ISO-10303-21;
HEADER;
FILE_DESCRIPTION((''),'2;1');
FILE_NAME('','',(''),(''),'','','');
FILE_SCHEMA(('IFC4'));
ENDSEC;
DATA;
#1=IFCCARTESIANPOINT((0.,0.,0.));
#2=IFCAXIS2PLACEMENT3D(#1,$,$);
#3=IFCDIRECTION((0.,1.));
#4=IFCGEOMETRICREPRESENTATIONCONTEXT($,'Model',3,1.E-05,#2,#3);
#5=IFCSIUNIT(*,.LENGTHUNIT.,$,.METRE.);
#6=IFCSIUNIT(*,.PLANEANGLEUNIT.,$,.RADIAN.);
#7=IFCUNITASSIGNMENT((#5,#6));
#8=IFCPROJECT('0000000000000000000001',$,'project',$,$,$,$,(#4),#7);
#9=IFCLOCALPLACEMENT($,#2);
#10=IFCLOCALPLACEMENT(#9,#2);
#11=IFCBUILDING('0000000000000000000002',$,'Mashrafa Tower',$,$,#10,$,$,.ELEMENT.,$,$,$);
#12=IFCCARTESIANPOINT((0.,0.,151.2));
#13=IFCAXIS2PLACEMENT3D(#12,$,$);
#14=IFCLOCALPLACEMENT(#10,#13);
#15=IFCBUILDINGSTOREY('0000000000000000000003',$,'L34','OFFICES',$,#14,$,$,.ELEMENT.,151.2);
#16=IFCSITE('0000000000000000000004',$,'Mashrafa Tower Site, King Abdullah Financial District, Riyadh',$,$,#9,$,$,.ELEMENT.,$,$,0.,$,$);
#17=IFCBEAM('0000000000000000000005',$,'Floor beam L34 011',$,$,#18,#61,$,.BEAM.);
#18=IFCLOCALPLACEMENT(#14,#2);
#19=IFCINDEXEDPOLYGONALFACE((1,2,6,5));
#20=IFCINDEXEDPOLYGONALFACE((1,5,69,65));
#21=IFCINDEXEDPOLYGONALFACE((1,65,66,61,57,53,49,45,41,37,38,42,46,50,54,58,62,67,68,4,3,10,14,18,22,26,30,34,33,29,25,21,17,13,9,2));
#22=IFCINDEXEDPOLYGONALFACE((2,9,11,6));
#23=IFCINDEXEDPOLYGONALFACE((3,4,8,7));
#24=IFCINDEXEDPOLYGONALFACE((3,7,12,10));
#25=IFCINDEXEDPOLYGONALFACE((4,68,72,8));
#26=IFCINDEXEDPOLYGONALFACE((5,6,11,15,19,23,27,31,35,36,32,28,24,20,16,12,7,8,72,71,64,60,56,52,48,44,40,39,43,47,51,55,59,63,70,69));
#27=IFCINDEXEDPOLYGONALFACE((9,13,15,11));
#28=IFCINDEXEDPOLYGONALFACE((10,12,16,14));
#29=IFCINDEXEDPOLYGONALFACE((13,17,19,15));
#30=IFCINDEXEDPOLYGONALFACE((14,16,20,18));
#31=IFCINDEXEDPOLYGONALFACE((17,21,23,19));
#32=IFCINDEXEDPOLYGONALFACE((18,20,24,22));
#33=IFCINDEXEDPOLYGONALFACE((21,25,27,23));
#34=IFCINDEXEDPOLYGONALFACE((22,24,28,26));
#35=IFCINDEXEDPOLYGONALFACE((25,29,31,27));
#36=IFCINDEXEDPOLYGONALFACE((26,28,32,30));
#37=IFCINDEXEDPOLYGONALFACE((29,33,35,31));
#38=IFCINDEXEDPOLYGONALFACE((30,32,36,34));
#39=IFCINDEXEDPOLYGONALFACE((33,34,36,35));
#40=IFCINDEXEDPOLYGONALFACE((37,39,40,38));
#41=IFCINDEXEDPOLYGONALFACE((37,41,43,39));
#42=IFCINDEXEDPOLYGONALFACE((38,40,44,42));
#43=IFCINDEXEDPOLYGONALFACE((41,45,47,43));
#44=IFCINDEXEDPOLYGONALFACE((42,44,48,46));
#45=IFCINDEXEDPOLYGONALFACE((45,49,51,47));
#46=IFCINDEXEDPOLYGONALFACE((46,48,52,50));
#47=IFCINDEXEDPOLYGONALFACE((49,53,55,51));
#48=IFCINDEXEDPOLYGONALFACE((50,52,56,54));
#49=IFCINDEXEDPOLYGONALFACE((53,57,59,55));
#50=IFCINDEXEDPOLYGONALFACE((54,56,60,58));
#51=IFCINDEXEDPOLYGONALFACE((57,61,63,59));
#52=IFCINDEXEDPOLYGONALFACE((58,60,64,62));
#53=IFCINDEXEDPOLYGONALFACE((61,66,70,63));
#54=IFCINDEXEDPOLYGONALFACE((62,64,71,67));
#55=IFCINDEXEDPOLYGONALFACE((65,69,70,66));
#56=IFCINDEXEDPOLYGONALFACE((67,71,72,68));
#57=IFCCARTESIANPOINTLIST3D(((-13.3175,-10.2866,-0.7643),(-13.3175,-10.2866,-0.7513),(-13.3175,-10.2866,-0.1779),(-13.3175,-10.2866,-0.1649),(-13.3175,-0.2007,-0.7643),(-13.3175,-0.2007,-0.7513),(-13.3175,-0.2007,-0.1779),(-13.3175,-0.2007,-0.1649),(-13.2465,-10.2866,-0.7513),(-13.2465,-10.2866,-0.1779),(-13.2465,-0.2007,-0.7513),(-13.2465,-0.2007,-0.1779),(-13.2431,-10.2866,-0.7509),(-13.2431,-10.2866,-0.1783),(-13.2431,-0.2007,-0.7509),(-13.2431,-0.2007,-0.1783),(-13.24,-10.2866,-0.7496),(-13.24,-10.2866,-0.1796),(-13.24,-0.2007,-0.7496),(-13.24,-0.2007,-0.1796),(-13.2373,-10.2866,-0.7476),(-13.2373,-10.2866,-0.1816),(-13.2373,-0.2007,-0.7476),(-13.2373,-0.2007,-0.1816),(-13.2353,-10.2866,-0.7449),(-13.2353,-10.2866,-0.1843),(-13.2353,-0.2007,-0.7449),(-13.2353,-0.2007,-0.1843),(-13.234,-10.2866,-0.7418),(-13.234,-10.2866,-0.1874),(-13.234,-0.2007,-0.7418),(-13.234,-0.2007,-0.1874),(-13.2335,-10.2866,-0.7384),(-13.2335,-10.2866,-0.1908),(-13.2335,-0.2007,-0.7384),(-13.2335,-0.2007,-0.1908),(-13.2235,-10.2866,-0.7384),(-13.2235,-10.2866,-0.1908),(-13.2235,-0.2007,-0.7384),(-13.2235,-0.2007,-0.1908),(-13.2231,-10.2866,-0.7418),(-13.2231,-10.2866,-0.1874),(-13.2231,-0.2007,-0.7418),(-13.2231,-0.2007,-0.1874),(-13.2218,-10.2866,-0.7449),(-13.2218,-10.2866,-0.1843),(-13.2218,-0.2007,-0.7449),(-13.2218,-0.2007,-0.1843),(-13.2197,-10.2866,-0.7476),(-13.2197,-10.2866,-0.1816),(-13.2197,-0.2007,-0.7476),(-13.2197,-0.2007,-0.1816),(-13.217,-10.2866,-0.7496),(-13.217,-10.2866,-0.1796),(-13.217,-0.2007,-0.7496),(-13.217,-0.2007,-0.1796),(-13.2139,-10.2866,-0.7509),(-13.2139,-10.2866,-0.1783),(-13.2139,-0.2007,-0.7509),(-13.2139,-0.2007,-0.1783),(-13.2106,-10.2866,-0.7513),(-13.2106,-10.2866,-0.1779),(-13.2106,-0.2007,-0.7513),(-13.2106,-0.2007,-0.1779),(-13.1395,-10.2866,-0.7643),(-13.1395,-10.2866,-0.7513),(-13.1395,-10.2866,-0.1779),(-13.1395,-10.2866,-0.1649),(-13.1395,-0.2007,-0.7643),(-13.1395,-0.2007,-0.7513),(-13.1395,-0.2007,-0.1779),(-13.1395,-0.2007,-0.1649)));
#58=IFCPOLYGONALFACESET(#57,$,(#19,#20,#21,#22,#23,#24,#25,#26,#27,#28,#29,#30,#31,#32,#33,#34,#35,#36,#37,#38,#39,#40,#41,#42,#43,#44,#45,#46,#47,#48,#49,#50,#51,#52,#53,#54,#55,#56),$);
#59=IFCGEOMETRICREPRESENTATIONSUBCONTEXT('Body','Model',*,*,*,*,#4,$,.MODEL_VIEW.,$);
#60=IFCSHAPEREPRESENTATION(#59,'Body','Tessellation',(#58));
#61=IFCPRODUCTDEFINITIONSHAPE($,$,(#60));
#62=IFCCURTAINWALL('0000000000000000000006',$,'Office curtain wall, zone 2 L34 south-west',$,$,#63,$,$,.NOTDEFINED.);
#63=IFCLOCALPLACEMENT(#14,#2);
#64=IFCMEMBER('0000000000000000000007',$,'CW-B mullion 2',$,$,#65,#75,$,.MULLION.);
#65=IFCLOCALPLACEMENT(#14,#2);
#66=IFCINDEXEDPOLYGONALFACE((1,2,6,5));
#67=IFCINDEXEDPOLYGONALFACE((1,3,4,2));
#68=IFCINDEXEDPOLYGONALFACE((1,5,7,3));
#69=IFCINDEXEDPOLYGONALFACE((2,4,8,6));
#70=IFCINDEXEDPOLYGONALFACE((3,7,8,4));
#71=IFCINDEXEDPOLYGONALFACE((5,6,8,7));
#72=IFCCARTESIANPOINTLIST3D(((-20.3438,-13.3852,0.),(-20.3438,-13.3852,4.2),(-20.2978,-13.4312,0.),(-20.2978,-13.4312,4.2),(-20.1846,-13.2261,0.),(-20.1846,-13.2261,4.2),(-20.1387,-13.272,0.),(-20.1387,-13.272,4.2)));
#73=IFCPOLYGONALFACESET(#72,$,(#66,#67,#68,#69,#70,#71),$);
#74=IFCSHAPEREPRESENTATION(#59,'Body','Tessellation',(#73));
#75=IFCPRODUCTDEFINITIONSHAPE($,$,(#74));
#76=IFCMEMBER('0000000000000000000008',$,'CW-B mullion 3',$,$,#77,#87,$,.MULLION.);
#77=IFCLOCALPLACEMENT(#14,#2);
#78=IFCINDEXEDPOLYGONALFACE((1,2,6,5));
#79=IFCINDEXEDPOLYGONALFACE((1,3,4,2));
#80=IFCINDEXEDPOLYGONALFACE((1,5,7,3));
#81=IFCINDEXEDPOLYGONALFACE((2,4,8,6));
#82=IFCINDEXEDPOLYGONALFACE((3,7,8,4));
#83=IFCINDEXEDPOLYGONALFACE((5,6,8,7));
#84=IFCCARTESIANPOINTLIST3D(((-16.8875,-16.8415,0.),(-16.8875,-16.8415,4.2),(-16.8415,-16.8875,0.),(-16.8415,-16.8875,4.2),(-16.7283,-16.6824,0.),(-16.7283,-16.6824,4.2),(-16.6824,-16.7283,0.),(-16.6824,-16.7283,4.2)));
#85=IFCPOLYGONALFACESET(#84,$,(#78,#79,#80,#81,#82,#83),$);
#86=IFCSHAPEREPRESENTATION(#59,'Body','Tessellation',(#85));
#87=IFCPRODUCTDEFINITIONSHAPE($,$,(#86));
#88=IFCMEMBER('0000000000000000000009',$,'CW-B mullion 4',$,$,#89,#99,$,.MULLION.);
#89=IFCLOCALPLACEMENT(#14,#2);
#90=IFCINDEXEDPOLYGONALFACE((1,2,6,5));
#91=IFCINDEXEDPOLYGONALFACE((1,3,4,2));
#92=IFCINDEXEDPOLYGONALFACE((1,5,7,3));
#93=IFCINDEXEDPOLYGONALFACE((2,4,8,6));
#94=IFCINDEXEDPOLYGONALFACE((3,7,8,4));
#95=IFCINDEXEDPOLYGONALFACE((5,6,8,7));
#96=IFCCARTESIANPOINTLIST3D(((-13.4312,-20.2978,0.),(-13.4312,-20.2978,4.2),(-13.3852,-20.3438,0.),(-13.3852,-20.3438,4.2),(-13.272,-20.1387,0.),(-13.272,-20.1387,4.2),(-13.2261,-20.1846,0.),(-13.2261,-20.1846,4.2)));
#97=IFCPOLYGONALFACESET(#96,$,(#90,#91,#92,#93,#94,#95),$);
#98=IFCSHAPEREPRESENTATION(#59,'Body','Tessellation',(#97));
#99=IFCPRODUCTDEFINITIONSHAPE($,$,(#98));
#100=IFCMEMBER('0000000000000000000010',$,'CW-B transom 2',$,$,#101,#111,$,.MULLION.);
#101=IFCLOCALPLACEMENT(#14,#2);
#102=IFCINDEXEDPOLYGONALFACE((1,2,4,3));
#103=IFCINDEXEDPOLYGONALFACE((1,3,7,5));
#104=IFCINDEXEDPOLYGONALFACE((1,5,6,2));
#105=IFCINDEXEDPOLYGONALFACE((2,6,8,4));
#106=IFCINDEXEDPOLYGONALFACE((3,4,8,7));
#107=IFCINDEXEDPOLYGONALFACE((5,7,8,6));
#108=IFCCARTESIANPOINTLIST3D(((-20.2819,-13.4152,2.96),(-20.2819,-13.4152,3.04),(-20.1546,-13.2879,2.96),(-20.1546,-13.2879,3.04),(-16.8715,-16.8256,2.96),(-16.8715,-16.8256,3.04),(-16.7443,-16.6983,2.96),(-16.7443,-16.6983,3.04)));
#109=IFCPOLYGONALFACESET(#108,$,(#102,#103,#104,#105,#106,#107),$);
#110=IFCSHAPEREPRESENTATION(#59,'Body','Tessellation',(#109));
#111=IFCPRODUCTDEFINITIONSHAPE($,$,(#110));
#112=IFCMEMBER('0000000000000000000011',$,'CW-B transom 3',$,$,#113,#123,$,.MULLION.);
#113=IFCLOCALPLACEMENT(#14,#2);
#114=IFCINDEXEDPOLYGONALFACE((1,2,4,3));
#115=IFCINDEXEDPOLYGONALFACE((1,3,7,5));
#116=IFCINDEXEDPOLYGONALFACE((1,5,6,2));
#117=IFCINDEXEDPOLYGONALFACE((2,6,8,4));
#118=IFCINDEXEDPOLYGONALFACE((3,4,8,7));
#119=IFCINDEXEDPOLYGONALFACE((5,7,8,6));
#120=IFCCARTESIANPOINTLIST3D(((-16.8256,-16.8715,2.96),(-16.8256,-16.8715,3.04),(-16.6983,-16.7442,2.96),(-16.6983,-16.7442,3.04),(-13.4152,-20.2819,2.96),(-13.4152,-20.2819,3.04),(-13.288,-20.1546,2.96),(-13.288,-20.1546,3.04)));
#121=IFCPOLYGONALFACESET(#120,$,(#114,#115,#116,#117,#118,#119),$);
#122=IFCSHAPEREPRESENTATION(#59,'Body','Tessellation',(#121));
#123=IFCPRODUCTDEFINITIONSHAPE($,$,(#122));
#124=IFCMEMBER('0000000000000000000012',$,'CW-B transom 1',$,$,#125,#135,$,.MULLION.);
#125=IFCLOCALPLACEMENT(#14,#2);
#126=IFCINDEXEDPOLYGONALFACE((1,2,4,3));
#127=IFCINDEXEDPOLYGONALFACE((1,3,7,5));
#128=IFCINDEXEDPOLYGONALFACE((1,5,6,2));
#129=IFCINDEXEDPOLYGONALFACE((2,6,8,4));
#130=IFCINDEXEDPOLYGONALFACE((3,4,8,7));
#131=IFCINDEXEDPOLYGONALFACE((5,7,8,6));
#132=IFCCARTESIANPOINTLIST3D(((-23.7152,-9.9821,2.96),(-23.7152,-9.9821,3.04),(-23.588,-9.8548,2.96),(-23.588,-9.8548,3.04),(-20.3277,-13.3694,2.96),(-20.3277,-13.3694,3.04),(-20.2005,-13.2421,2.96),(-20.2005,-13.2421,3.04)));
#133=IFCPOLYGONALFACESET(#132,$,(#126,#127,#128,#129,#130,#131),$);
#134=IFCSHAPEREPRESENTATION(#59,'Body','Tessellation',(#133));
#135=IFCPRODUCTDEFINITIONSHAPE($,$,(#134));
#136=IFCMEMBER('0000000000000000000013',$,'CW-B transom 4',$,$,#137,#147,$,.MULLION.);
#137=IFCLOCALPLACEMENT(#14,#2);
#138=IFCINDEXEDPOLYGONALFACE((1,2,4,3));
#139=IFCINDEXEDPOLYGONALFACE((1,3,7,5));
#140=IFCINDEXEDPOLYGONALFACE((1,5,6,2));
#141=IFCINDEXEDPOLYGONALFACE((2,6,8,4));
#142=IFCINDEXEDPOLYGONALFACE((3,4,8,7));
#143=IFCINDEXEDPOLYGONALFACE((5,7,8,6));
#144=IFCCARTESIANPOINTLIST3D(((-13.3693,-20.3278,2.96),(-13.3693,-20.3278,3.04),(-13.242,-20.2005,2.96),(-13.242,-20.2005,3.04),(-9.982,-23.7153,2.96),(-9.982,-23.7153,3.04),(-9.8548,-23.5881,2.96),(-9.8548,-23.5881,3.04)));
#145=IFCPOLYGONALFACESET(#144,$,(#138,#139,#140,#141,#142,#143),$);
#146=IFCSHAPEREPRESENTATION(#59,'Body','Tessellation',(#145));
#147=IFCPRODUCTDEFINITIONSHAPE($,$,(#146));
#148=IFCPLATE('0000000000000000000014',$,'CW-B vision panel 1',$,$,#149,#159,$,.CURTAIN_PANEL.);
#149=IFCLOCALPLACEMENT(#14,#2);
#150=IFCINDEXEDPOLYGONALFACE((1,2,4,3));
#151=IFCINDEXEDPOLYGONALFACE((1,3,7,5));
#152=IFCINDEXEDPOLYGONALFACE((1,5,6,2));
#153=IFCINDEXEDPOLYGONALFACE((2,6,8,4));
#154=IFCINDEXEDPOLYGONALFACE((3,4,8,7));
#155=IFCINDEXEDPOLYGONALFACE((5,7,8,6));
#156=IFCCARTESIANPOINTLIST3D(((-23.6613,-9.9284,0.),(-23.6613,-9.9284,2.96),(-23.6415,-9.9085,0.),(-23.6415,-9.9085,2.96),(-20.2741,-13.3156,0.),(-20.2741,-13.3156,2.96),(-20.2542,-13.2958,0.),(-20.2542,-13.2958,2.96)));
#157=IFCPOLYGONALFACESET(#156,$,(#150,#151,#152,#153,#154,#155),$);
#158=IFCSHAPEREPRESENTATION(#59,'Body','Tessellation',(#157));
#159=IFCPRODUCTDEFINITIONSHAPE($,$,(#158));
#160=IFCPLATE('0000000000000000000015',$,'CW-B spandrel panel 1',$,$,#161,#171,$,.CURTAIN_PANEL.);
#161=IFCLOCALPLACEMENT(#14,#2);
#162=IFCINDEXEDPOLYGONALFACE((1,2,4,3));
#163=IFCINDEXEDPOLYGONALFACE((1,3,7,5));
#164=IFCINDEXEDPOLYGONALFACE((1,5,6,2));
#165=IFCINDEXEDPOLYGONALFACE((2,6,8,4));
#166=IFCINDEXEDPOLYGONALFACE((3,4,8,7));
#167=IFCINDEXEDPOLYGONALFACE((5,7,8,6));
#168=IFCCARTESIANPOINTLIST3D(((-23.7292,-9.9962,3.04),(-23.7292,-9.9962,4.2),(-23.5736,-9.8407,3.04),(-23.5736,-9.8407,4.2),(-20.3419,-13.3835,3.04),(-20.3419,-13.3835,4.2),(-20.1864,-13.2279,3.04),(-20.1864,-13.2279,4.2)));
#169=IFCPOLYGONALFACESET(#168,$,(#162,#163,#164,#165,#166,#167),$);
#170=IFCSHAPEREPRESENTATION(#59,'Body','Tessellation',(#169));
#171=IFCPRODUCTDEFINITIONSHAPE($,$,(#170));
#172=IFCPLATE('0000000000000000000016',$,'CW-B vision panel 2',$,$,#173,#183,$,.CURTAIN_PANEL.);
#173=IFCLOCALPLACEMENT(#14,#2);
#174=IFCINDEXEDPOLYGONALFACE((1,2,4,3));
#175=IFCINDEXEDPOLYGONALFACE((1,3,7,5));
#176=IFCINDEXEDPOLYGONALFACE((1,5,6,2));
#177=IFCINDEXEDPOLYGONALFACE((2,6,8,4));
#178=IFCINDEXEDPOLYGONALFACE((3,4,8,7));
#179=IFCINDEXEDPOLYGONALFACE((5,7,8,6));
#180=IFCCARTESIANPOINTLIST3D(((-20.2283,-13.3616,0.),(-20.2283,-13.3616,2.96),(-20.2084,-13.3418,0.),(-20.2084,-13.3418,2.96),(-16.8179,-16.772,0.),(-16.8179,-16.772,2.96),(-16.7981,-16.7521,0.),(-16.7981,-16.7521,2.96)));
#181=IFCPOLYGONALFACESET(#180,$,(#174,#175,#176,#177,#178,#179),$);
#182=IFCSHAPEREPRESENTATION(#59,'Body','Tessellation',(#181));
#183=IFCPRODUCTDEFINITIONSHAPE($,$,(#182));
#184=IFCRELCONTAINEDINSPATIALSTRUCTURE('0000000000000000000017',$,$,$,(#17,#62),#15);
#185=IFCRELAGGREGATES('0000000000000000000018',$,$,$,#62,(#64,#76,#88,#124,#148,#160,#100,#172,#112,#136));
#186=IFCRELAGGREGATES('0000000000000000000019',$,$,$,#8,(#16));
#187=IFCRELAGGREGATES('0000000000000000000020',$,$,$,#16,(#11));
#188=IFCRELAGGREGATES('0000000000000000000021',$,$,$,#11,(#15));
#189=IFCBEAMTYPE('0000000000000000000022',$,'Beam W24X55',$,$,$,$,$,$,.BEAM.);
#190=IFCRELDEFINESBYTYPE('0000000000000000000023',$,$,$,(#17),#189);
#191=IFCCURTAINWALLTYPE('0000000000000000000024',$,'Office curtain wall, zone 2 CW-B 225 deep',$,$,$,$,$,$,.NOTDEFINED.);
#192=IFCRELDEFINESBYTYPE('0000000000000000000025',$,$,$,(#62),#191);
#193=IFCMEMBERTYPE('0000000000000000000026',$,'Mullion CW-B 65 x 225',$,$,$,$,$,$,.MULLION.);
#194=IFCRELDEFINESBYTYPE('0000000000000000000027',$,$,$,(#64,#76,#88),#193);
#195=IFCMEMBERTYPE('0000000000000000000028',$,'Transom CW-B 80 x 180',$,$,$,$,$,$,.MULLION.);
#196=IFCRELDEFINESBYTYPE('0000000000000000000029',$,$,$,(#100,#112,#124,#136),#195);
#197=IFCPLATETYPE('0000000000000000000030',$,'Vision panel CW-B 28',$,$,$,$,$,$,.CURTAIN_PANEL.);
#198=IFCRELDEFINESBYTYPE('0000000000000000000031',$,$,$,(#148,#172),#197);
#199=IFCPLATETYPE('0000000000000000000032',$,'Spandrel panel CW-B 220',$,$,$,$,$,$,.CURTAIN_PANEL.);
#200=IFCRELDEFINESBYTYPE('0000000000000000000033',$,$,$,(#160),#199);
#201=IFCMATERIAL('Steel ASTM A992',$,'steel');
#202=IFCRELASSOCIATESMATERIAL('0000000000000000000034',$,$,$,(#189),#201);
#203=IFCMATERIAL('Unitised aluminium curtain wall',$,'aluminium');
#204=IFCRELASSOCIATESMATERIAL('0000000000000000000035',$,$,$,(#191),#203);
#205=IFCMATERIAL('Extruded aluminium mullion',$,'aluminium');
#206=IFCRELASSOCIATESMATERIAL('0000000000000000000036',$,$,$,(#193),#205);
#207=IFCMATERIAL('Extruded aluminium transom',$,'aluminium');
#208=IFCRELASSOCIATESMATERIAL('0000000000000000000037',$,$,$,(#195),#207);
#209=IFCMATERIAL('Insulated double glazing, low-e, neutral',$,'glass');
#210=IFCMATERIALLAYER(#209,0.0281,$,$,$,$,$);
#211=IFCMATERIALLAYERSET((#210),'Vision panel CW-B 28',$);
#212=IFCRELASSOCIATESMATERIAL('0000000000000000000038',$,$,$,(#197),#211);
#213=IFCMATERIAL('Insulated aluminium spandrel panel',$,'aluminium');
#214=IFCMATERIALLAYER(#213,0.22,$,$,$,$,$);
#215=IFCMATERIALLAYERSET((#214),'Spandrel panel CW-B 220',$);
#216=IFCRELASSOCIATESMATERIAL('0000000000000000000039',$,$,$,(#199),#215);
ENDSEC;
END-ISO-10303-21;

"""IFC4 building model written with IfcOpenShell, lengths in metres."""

from ifc_helpers import new_model, si_unit, direction, frame, origin, origin_2d, place, context, subcontext, project, spatial, rectangle, i_section, extrude, source, transform, mapped, material, layer, layer_set, material_profile, profile_set, type_object, type_shapes, element, aggregate, save


model = new_model("IFC4")

# Units and contexts
model_context = context("Model", 3, precision=1e-05, world=origin(), true_north=direction((0.0, 1.0)))
body_context = subcontext(model_context, "Body", "Model", "MODEL_VIEW")
ifc_project = project(units=[si_unit("LENGTHUNIT", "METRE"), si_unit("PLANEANGLEUNIT", "RADIAN")], contexts=[model_context])

# Site, building, storey
site_placement = place(None, origin())
site = spatial("IfcSite", under=ifc_project, at=site_placement, Name="Mashrafa Tower Site, King Abdullah Financial District, Riyadh", CompositionType="ELEMENT", RefElevation=0.0)
building_placement = place(site_placement, origin())
building = spatial("IfcBuilding", under=site, at=building_placement, Name="Mashrafa Tower", CompositionType="ELEMENT")
storey_placement = place(building_placement, frame((0.0, 0.0, 151.2)))
storey = spatial("IfcBuildingStorey", under=building, at=storey_placement, Name="L34", Description="OFFICES", CompositionType="ELEMENT", Elevation=151.2)

# Beam
ifc_material_1 = material(Name="Steel ASTM A992", Category="steel")
ifc_material_profile_1 = material_profile(ifc_material_1, i_section(OverallWidth=0.178, OverallDepth=0.5994, WebThickness=0.01, FlangeThickness=0.0129, FilletRadius=0.0129, at=origin_2d()), Name="W24X55")
ifc_profile_set_1 = profile_set([ifc_material_profile_1], Name="Steel ASTM A992")
beam_type_1 = type_object("IfcBeamType", Name="Beam W24X55", PredefinedType="BEAM", material=ifc_profile_set_1)
beam_1_placement = place(storey_placement, frame((-13.2285, -10.2866, -0.4646), z_axis=(0.0, 1.0, 0.0), x_axis=(-1.0, 0.0, 0.0)))
element("IfcBeam", 1, at=beam_1_placement, inside=storey, type_object=beam_type_1, Name="Floor beam L34 011", PredefinedType="BEAM", context=body_context, shape_type="SweptSolid", body=[
    extrude(i_section(OverallWidth=0.178, OverallDepth=0.5994, WebThickness=0.01, FlangeThickness=0.0129, FilletRadius=0.0129, at=origin_2d()), origin(), (0.0, 0.0, 1.0), 10.0859),
])

# Curtain wall, members, plates
ifc_material_2 = material(Name="Unitised aluminium curtain wall", Category="aluminium")
curtain_wall_type = type_object("IfcCurtainWallType", Name="Office curtain wall, zone 2 CW-B 225 deep", PredefinedType="NOTDEFINED", material=ifc_material_2)
curtain_wall_placement = place(storey_placement, origin())
curtain_wall = element("IfcCurtainWall", 2, at=curtain_wall_placement, inside=storey, type_object=curtain_wall_type, Name="Office curtain wall, zone 2 L34 south-west", PredefinedType="NOTDEFINED")
ifc_material_3 = material(Name="Extruded aluminium mullion", Category="aluminium")
ifc_material_profile_2 = material_profile(ifc_material_3, rectangle(XDim=0.2251, YDim=0.0649, at=origin_2d()), Name="Mullion 65x225")
ifc_profile_set_2 = profile_set([ifc_material_profile_2], Name="Extruded aluminium mullion")
member_type_1 = type_object("IfcMemberType", Name="Mullion CW-B 65 x 225", PredefinedType="MULLION", material=ifc_profile_set_2)
shared_shape_1 = source(origin(), body_context, "Body", "SweptSolid", [
    extrude(rectangle(XDim=0.2251, YDim=0.0649, at=origin_2d()), origin(), (0.0, 0.0, 1.0), 4.2),
])
type_shapes(member_type_1, [shared_shape_1])
member_1_placement = place(storey_placement, frame((-20.2412, -13.3286, 0.0), z_axis=(0.0, 0.0, 1.0), x_axis=(0.707107, 0.707107, 0.0)))
member_1 = element("IfcMember", 3, at=member_1_placement, type_object=member_type_1, Name="CW-B mullion 2", PredefinedType="MULLION", context=body_context, shape_type="MappedRepresentation", body=[
    mapped(shared_shape_1, transform((0.0, 0.0, 0.0))),
])
member_2_placement = place(storey_placement, frame((-16.7849, -16.7849, 0.0), z_axis=(0.0, 0.0, 1.0), x_axis=(0.707107, 0.707107, 0.0)))
member_2 = element("IfcMember", 4, at=member_2_placement, type_object=member_type_1, Name="CW-B mullion 3", PredefinedType="MULLION", context=body_context, shape_type="MappedRepresentation", body=[
    mapped(shared_shape_1, transform((0.0, 0.0, 0.0))),
])
member_3_placement = place(storey_placement, frame((-13.3286, -20.2412, 0.0), z_axis=(0.0, 0.0, 1.0), x_axis=(0.707107, 0.707107, 0.0)))
member_3 = element("IfcMember", 5, at=member_3_placement, type_object=member_type_1, Name="CW-B mullion 4", PredefinedType="MULLION", context=body_context, shape_type="MappedRepresentation", body=[
    mapped(shared_shape_1, transform((0.0, 0.0, 0.0))),
])
ifc_material_4 = material(Name="Extruded aluminium transom", Category="aluminium")
ifc_material_profile_3 = material_profile(ifc_material_4, rectangle(XDim=0.1799, YDim=0.0801, at=origin_2d()), Name="Transom 80x180")
ifc_profile_set_3 = profile_set([ifc_material_profile_3], Name="Extruded aluminium transom")
member_type_2 = type_object("IfcMemberType", Name="Transom CW-B 80 x 180", PredefinedType="MULLION", material=ifc_profile_set_3)
shared_shape_2 = source(origin(), body_context, "Body", "SweptSolid", [
    extrude(rectangle(XDim=0.1799, YDim=0.0801, at=origin_2d()), origin(), (0.0, 0.0, 1.0), 4.823),
])
member_4_placement = place(storey_placement, frame((-20.2183, -13.3516, 3.0), z_axis=(0.707107, -0.707107, 0.0), x_axis=(0.707107, 0.707107, 0.0)))
member_4 = element("IfcMember", 6, at=member_4_placement, type_object=member_type_2, Name="CW-B transom 2", PredefinedType="MULLION", context=body_context, shape_type="MappedRepresentation", body=[
    mapped(shared_shape_2, transform((0.0, 0.0, 0.0))),
])
member_5_placement = place(storey_placement, frame((-16.762, -16.8079, 3.0), z_axis=(0.707107, -0.707107, 0.0), x_axis=(0.707107, 0.707107, 0.0)))
member_5 = element("IfcMember", 7, at=member_5_placement, type_object=member_type_2, Name="CW-B transom 3", PredefinedType="MULLION", context=body_context, shape_type="MappedRepresentation", body=[
    mapped(shared_shape_2, transform((0.0, 0.0, 0.0))),
])
shared_shape_3 = source(origin(), body_context, "Body", "SweptSolid", [
    extrude(rectangle(XDim=0.1799, YDim=0.0801, at=origin_2d()), origin(), (0.0, 0.0, 1.0), 4.7905),
])
type_shapes(member_type_2, [shared_shape_2, shared_shape_3])
member_6_placement = place(storey_placement, frame((-23.6516, -9.9185, 3.0), z_axis=(0.707132, -0.707081, 0.0), x_axis=(0.707081, 0.707132, 0.0)))
member_6 = element("IfcMember", 8, at=member_6_placement, type_object=member_type_2, Name="CW-B transom 1", PredefinedType="MULLION", context=body_context, shape_type="MappedRepresentation", body=[
    mapped(shared_shape_3, transform((0.0, 0.0, 0.0))),
])
member_7_placement = place(storey_placement, frame((-13.3057, -20.2642, 3.0), z_axis=(0.707081, -0.707132, 0.0), x_axis=(0.707132, 0.707081, 0.0)))
member_7 = element("IfcMember", 9, at=member_7_placement, type_object=member_type_2, Name="CW-B transom 4", PredefinedType="MULLION", context=body_context, shape_type="MappedRepresentation", body=[
    mapped(shared_shape_3, transform((0.0, 0.0, 0.0))),
])
ifc_material_5 = material(Name="Insulated double glazing, low-e, neutral", Category="glass")
ifc_layer_1 = layer(ifc_material_5, 0.0281)
ifc_layer_set_1 = layer_set([ifc_layer_1], Name="Vision panel CW-B 28")
plate_type_1 = type_object("IfcPlateType", Name="Vision panel CW-B 28", PredefinedType="CURTAIN_PANEL", material=ifc_layer_set_1)
shared_shape_4 = source(origin(), body_context, "Body", "SweptSolid", [
    extrude(rectangle(XDim=4.7903, YDim=0.0281, at=origin_2d()), origin(), (0.0, 0.0, 1.0), 2.96),
])
plate_1_placement = place(storey_placement, frame((-21.9578, -11.6121, 0.0), z_axis=(0.0, 0.0, 1.0), x_axis=(0.707107, -0.707107, 0.0)))
plate_1 = element("IfcPlate", 10, at=plate_1_placement, type_object=plate_type_1, Name="CW-B vision panel 1", PredefinedType="CURTAIN_PANEL", context=body_context, shape_type="MappedRepresentation", body=[
    mapped(shared_shape_4, transform((0.0, 0.0, 0.0))),
])
ifc_material_6 = material(Name="Insulated aluminium spandrel panel", Category="aluminium")
ifc_layer_2 = layer(ifc_material_6, 0.22)
ifc_layer_set_2 = layer_set([ifc_layer_2], Name="Spandrel panel CW-B 220")
plate_type_2 = type_object("IfcPlateType", Name="Spandrel panel CW-B 220", PredefinedType="CURTAIN_PANEL", material=ifc_layer_set_2)
shared_shape_5 = source(origin(), body_context, "Body", "SweptSolid", [
    extrude(rectangle(XDim=4.7903, YDim=0.22, at=origin_2d()), origin(), (0.0, 0.0, 1.0), 1.1599),
])
plate_2_placement = place(storey_placement, frame((-21.9578, -11.6121, 3.04), z_axis=(0.0, 0.0, 1.0), x_axis=(0.707107, -0.707107, 0.0)))
plate_2 = element("IfcPlate", 11, at=plate_2_placement, type_object=plate_type_2, Name="CW-B spandrel panel 1", PredefinedType="CURTAIN_PANEL", context=body_context, shape_type="MappedRepresentation", body=[
    mapped(shared_shape_5, transform((0.0, 0.0, 0.0))),
])
shared_shape_6 = source(origin(), body_context, "Body", "SweptSolid", [
    extrude(rectangle(XDim=4.823, YDim=0.0281, at=origin_2d()), origin(), (0.0, 0.0, 1.0), 2.96),
])
type_shapes(plate_type_1, [shared_shape_4, shared_shape_6])
plate_3_placement = place(storey_placement, frame((-18.5132, -15.0569, 0.0), z_axis=(0.0, 0.0, 1.0), x_axis=(0.707107, -0.707107, 0.0)))
plate_3 = element("IfcPlate", 12, at=plate_3_placement, type_object=plate_type_1, Name="CW-B vision panel 2", PredefinedType="CURTAIN_PANEL", context=body_context, shape_type="MappedRepresentation", body=[
    mapped(shared_shape_6, transform((0.0, 0.0, 0.0))),
])
aggregate(curtain_wall, [member_1, member_2, member_3, member_6, plate_1, plate_2, member_4, plate_3, member_5, member_7])

save(model, "model.ifc")
